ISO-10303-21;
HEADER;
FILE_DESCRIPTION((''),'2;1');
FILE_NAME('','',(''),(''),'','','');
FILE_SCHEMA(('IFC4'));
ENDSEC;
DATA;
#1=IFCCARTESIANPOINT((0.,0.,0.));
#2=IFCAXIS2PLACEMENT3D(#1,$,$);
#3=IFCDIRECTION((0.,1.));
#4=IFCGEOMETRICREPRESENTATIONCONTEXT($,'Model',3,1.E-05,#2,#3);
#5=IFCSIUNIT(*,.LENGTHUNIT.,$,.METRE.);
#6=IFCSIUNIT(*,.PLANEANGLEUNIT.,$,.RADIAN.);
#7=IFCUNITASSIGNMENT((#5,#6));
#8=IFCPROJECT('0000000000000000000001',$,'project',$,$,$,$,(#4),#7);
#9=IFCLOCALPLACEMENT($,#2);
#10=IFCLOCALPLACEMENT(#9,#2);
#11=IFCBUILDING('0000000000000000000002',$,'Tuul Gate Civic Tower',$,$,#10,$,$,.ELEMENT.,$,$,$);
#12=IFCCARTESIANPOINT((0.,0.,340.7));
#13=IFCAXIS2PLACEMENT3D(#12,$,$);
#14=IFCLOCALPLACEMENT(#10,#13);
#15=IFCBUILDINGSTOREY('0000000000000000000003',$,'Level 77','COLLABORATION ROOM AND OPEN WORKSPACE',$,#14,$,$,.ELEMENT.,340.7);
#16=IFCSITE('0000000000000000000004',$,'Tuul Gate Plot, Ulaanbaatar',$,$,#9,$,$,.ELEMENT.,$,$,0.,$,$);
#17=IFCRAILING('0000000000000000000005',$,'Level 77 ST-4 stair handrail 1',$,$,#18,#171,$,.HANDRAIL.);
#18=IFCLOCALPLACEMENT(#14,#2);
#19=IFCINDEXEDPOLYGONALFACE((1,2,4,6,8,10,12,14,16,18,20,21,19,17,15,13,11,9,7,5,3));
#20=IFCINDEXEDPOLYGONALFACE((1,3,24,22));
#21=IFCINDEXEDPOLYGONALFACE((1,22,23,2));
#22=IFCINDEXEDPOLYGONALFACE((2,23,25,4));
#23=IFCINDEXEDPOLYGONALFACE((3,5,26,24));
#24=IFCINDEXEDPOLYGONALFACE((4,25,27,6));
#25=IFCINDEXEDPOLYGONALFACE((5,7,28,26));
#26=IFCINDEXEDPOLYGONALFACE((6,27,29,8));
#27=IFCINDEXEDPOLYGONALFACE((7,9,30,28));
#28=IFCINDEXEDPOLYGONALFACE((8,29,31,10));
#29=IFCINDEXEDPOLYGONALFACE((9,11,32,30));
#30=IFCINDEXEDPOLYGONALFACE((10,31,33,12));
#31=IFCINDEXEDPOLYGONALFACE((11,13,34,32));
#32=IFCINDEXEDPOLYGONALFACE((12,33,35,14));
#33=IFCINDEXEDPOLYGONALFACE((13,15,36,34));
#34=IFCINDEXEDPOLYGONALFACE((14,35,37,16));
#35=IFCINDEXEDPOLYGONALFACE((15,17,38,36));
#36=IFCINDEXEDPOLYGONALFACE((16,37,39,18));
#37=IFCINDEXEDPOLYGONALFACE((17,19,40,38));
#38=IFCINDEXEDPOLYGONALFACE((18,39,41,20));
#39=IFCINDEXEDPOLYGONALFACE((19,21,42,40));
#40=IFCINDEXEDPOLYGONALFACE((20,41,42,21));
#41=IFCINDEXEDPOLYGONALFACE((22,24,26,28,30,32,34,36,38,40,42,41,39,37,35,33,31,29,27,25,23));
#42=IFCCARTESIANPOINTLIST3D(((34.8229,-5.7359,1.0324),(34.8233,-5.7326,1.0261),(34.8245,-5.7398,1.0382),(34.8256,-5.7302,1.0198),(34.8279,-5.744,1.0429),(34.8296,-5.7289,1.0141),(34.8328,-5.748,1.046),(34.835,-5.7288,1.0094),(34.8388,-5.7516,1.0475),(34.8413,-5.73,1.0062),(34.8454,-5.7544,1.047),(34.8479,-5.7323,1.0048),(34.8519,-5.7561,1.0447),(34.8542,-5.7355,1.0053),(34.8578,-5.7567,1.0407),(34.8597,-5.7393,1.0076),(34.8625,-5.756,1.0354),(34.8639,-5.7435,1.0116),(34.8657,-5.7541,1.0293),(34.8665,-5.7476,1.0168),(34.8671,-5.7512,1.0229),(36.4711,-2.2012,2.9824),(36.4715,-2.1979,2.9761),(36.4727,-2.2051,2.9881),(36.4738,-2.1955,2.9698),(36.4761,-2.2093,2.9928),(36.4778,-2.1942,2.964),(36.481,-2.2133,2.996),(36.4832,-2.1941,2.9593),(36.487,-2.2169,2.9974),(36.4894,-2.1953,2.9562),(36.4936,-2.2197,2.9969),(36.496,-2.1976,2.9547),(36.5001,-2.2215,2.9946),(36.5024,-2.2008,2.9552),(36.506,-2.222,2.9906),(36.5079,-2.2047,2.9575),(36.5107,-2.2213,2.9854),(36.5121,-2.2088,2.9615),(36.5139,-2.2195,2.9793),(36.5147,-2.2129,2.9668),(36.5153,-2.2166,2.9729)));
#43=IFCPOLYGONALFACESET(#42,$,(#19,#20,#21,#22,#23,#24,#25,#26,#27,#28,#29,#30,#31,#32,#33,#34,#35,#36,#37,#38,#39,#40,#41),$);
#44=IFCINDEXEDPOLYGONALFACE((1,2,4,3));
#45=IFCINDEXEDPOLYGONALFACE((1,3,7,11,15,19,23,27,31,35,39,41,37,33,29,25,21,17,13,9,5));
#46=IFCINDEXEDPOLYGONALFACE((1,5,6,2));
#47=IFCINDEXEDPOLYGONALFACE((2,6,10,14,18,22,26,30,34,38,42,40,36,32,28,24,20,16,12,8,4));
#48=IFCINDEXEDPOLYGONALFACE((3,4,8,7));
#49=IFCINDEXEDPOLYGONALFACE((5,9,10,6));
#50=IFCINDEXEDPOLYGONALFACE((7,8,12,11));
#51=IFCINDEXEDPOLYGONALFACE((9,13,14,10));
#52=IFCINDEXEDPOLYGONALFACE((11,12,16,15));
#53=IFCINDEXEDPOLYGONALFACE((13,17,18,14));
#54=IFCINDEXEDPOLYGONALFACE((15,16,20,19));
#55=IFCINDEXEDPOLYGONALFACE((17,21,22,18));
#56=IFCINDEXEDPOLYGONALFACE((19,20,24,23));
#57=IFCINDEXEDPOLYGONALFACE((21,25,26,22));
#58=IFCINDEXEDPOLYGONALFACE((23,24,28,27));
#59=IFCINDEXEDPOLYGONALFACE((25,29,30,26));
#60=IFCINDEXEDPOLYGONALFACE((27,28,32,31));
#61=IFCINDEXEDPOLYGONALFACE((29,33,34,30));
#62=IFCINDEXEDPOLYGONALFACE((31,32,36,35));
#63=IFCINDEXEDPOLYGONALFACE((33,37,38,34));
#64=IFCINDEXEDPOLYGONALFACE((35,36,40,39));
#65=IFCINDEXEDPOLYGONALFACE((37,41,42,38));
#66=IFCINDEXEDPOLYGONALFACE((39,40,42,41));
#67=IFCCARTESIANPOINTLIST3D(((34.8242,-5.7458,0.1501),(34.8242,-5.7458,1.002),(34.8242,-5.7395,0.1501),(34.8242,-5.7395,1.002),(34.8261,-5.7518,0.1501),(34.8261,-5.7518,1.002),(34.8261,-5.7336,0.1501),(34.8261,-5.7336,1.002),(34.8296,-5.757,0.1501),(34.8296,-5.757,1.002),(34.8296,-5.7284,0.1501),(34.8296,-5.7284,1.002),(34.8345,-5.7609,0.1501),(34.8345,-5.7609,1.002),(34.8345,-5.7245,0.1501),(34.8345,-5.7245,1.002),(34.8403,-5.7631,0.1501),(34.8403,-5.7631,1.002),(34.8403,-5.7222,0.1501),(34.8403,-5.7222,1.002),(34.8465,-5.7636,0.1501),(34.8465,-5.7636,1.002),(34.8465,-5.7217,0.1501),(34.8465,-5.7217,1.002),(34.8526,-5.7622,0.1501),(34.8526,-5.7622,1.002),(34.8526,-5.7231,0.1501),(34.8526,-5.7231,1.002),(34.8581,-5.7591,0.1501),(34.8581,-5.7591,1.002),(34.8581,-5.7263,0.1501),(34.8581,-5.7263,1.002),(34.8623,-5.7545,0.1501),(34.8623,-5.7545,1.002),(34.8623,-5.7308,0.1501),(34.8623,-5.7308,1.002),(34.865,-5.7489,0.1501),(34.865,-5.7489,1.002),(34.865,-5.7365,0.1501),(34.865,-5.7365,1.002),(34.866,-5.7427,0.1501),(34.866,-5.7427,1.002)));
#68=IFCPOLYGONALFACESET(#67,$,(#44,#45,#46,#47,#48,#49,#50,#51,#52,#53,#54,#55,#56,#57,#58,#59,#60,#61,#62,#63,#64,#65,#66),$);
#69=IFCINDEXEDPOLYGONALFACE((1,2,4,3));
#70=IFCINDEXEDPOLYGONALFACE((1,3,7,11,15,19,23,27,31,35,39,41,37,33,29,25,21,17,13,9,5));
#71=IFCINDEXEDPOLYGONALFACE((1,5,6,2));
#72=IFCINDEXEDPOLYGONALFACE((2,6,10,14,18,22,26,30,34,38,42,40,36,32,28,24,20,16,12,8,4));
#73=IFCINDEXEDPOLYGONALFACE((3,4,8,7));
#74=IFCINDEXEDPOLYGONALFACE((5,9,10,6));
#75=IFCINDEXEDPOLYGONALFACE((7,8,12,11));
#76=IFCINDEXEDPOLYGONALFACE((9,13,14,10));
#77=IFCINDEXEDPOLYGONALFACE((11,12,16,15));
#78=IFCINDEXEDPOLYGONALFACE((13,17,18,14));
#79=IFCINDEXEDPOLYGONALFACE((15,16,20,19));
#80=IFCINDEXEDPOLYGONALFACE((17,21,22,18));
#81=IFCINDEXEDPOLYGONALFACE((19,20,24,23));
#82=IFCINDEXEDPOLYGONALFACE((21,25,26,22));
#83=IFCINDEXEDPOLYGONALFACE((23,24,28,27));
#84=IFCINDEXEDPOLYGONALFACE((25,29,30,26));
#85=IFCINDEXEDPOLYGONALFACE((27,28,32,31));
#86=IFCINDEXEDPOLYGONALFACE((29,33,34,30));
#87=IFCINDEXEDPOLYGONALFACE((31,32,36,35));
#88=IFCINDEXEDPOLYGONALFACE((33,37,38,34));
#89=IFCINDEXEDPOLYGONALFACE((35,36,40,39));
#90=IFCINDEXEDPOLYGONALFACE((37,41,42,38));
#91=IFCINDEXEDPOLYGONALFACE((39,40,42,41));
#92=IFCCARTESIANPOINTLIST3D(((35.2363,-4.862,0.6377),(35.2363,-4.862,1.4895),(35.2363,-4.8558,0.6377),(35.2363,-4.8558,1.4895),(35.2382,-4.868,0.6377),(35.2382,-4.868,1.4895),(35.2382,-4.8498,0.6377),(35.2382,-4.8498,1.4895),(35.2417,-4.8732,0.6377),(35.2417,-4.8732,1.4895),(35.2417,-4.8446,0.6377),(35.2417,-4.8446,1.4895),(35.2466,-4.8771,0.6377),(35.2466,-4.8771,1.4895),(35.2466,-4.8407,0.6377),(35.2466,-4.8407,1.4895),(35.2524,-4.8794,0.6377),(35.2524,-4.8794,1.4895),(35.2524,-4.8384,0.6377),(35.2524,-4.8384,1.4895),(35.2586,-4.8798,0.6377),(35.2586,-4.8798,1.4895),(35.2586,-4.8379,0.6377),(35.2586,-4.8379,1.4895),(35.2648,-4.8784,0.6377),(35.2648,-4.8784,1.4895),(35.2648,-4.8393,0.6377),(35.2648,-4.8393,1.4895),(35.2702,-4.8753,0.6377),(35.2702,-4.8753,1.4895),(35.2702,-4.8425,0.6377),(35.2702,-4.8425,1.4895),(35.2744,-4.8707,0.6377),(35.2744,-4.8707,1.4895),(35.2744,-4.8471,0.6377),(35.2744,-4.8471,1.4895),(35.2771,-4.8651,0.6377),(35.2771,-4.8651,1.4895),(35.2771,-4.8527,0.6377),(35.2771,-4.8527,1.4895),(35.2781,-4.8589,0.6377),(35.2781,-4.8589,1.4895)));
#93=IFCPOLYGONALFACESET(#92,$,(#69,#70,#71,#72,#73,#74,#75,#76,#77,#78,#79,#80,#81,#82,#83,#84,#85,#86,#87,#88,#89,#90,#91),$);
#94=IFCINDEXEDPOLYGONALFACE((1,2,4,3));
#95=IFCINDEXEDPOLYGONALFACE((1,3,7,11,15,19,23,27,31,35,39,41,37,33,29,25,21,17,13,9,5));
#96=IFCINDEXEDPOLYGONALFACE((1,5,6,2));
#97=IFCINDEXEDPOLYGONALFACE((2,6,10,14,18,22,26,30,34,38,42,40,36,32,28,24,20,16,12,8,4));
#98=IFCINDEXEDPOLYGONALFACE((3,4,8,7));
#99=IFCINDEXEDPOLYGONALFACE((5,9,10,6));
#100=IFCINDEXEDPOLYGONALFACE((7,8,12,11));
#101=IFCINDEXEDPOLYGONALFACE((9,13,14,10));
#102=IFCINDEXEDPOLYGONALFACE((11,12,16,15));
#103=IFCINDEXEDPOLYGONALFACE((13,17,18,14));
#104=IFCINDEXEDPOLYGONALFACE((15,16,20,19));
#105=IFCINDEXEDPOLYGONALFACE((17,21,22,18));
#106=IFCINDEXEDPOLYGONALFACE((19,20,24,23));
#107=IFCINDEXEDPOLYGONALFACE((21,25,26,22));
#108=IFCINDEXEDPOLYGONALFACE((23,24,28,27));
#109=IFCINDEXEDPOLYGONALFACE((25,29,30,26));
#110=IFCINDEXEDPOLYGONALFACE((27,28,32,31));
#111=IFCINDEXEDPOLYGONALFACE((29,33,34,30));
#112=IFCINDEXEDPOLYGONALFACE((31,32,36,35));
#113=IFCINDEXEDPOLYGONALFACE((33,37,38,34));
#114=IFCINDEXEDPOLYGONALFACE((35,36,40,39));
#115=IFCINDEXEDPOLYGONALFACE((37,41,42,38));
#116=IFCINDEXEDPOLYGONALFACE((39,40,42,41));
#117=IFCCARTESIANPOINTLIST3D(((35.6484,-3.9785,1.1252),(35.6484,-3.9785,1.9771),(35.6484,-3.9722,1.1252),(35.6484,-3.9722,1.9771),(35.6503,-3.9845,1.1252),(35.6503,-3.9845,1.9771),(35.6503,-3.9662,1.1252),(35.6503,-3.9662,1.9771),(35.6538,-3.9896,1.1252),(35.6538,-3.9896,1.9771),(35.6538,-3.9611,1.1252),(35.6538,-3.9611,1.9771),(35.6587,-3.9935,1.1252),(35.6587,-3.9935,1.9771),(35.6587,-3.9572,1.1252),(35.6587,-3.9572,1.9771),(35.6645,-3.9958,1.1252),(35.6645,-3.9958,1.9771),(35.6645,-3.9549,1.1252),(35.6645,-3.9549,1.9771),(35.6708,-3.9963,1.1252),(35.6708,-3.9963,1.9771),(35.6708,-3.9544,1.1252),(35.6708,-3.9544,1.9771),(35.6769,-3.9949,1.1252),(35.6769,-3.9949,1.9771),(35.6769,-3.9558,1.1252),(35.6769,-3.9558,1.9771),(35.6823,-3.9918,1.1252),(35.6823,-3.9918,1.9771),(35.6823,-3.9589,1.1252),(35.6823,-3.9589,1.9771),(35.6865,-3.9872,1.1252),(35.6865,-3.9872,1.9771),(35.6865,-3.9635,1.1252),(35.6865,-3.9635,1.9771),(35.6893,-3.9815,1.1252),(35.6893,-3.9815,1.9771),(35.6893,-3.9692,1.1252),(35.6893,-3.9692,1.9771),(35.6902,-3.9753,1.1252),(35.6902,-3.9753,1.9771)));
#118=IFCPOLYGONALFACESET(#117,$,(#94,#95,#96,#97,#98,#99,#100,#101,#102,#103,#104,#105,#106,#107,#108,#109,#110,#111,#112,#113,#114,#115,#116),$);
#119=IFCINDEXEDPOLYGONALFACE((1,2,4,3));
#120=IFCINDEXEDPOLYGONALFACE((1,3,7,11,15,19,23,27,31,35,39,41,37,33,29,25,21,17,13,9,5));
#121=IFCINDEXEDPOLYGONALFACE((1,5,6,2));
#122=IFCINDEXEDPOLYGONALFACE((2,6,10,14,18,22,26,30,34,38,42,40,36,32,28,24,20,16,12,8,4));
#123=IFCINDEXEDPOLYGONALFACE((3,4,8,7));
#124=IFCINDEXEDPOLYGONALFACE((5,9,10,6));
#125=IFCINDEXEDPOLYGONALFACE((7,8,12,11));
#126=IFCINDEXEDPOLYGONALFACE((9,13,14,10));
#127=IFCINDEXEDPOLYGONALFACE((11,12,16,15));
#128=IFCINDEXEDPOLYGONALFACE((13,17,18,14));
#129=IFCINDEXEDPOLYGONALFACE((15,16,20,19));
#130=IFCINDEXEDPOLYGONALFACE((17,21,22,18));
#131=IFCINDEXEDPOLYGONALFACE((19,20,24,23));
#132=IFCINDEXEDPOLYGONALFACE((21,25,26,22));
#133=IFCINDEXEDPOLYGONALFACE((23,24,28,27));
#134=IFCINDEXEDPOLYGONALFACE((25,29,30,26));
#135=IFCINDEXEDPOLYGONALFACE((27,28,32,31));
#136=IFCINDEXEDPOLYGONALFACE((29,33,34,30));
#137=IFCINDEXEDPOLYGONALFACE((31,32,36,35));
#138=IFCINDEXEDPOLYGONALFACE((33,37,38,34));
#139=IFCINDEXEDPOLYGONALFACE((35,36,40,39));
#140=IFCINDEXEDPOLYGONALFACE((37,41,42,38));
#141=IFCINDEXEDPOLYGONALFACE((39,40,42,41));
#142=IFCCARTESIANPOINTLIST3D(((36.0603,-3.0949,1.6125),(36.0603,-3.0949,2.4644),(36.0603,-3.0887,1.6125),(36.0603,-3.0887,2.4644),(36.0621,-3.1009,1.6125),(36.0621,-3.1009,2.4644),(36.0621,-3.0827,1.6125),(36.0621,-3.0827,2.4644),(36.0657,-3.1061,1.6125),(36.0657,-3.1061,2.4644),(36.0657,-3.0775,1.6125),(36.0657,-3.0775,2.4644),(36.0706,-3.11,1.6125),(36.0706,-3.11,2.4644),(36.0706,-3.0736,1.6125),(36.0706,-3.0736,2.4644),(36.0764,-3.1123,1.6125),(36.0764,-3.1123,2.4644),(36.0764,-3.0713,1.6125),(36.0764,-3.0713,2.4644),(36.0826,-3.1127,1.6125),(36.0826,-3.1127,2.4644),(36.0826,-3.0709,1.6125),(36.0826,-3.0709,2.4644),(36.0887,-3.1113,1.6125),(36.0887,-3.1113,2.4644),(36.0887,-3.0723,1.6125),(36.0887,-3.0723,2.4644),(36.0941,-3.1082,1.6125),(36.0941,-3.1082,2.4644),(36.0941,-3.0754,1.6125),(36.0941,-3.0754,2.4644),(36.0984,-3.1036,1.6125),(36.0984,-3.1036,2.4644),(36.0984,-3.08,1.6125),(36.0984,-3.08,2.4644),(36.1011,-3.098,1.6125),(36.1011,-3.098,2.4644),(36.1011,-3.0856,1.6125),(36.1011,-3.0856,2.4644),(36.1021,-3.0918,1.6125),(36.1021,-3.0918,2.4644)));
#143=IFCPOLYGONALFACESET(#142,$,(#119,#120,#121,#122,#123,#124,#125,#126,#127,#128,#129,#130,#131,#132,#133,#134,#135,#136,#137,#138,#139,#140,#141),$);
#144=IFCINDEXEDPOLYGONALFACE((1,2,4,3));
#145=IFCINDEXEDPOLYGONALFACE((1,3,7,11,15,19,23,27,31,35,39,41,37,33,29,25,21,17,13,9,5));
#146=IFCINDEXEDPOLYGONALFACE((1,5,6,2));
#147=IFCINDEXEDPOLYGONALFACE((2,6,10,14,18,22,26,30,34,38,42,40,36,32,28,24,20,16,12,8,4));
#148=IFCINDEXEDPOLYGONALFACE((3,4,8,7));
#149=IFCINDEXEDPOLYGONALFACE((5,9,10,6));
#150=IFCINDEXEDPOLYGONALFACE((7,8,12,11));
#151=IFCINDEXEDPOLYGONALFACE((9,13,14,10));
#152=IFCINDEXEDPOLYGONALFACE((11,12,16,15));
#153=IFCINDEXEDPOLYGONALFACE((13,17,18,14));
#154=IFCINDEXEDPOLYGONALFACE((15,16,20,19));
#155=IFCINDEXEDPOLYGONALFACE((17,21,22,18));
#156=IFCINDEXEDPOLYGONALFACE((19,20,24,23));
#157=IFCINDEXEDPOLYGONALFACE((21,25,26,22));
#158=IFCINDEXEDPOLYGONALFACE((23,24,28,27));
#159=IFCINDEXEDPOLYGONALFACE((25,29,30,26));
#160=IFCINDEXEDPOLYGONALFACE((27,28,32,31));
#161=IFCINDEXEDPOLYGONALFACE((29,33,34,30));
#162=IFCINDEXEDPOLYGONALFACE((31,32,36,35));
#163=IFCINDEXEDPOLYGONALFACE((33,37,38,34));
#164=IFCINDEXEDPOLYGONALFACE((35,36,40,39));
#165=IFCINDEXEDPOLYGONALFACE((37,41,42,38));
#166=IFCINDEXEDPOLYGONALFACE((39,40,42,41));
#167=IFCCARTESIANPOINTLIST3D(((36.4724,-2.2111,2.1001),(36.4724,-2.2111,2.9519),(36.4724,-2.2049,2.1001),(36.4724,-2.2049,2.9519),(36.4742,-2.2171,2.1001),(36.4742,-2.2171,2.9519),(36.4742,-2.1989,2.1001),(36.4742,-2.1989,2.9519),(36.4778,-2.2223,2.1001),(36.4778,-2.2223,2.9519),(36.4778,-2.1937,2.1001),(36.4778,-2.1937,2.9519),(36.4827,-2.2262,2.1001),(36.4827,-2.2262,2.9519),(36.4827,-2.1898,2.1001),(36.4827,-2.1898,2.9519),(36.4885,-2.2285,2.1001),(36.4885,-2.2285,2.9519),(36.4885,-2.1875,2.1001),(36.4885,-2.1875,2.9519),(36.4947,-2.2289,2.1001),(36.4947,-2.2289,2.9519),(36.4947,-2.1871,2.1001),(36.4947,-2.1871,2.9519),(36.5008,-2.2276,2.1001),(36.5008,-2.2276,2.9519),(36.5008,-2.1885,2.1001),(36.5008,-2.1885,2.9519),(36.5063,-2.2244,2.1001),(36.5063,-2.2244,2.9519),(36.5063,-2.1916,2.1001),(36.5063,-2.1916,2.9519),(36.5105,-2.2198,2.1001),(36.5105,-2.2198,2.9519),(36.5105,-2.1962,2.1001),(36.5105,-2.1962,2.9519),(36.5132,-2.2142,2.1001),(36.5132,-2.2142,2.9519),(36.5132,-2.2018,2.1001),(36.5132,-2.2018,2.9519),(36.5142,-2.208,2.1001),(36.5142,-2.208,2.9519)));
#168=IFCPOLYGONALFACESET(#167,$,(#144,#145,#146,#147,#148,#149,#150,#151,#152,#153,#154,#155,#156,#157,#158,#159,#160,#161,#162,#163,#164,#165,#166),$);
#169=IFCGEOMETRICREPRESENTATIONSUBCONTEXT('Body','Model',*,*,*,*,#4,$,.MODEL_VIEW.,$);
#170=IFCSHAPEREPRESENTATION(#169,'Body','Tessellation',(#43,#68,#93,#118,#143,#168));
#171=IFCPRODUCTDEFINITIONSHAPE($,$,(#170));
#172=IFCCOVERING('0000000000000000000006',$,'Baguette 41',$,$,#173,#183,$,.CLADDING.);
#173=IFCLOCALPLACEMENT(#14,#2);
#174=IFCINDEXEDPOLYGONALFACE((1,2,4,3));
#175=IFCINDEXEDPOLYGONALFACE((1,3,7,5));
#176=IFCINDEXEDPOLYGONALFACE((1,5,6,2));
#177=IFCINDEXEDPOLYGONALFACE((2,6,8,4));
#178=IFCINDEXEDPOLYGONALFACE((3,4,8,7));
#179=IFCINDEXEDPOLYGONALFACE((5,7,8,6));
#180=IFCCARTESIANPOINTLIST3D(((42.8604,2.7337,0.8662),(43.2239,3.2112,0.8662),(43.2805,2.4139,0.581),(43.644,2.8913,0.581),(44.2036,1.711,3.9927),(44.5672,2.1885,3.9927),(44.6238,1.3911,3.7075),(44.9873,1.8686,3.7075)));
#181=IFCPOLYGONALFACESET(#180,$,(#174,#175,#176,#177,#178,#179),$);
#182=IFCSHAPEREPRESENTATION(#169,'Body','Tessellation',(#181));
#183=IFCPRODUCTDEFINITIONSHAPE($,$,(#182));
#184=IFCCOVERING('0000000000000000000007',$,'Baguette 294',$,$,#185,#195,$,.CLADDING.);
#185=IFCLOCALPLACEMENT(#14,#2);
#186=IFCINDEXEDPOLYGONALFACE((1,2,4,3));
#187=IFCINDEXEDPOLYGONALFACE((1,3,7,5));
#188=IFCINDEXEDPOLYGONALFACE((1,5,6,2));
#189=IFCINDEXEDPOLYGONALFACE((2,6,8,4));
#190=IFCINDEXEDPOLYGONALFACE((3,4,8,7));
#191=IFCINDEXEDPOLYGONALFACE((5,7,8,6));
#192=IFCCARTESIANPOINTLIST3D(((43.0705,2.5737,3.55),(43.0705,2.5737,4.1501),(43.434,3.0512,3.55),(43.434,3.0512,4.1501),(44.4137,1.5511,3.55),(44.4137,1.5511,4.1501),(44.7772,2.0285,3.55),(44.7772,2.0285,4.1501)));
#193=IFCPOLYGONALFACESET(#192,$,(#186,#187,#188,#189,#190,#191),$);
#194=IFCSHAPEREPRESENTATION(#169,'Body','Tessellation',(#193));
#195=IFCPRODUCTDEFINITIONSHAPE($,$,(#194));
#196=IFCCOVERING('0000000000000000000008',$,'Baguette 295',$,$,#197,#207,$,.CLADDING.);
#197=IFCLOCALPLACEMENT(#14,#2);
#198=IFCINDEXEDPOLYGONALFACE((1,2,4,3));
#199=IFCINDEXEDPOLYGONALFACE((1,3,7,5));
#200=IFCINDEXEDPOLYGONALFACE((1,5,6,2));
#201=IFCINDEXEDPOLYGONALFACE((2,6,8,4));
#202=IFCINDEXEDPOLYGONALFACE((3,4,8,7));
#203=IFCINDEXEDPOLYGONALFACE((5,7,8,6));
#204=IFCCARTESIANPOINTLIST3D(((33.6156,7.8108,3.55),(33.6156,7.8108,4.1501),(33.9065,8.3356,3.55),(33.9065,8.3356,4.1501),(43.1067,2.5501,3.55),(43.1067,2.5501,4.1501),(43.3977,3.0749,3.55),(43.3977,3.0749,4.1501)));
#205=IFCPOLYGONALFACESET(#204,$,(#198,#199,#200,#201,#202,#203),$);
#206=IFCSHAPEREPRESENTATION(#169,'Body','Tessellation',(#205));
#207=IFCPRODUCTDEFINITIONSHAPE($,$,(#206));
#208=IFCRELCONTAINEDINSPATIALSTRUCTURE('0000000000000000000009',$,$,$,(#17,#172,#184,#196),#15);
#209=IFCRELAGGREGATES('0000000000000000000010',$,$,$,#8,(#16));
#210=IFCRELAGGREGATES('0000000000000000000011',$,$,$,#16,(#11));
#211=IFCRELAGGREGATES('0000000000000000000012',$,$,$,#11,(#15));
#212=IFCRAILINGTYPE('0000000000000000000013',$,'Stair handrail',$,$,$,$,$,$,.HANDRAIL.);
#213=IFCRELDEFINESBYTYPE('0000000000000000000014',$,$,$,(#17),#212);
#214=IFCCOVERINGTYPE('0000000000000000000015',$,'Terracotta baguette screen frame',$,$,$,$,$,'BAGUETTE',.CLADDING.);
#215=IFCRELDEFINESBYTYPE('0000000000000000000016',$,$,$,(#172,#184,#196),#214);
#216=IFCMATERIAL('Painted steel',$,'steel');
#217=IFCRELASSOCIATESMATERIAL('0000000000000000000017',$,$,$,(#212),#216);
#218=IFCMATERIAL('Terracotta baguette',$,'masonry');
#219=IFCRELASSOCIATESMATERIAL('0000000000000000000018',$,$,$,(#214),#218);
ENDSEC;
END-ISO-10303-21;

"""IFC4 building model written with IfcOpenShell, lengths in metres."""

from ifc_helpers import new_model, si_unit, direction, frame, origin, origin_2d, place, context, subcontext, project, spatial, rectangle, circle, extrude, material, material_profile, profile_set, type_object, element, save


model = new_model("IFC4")

# Units and contexts
model_context = context("Model", 3, precision=1e-05, world=origin(), true_north=direction((0.0, 1.0)))
body_context = subcontext(model_context, "Body", "Model", "MODEL_VIEW")
ifc_project = project(units=[si_unit("LENGTHUNIT", "METRE"), si_unit("PLANEANGLEUNIT", "RADIAN")], contexts=[model_context])

# Site, building, storey
site_placement = place(None, origin())
site = spatial("IfcSite", under=ifc_project, at=site_placement, Name="Tuul Gate Plot, Ulaanbaatar", CompositionType="ELEMENT", RefElevation=0.0)
building_placement = place(site_placement, origin())
building = spatial("IfcBuilding", under=site, at=building_placement, Name="Tuul Gate Civic Tower", CompositionType="ELEMENT")
storey_placement = place(building_placement, frame((0.0, 0.0, 340.7)))
storey = spatial("IfcBuildingStorey", under=building, at=storey_placement, Name="Level 77", Description="COLLABORATION ROOM AND OPEN WORKSPACE", CompositionType="ELEMENT", Elevation=340.7)

# Railing
ifc_material_1 = material(Name="Painted steel", Category="steel")
railing_type = type_object("IfcRailingType", Name="Stair handrail", PredefinedType="HANDRAIL", material=ifc_material_1)
railing_placement = place(storey_placement, frame((34.845, -5.7427, 0.1501)))
element("IfcRailing", 1, at=railing_placement, inside=storey, type_object=railing_type, Name="Level 77 ST-4 stair handrail 1", PredefinedType="HANDRAIL", context=body_context, shape_type="SweptSolid", body=[
    extrude(circle(Radius=0.0239, at=origin_2d()), frame((0.0, 0.0, 0.876), z_axis=(0.377995, 0.810637, 0.4472), x_axis=(-0.906313, 0.422608, 0.0)), (0.0, 0.0, 1.0), 4.3604),
    extrude(circle(Radius=0.021, at=origin_2d()), origin(), (0.0, 0.0, 1.0), 0.8518),
    extrude(circle(Radius=0.021, at=origin_2d()), frame((0.4121, 0.8838, 0.4875)), (0.0, 0.0, 1.0), 0.8518),
    extrude(circle(Radius=0.021, at=origin_2d()), frame((0.8242, 1.7673, 0.9751)), (0.0, 0.0, 1.0), 0.8518),
    extrude(circle(Radius=0.021, at=origin_2d()), frame((1.2361, 2.6509, 1.4624)), (0.0, 0.0, 1.0), 0.8518),
    extrude(circle(Radius=0.021, at=origin_2d()), frame((1.6482, 3.5347, 1.95)), (0.0, 0.0, 1.0), 0.8518),
])

# Coverings
ifc_material_2 = material(Name="Terracotta baguette", Category="masonry")
ifc_material_profile_1 = material_profile(ifc_material_2, rectangle(XDim=0.6001, YDim=0.6001, at=origin_2d()), Name="Terracotta baguette screen frame")
ifc_profile_set_1 = profile_set([ifc_material_profile_1], Name="Terracotta baguette")
covering_type = type_object("IfcCoveringType", Name="Terracotta baguette screen frame", ElementType="BAGUETTE", PredefinedType="CLADDING", material=ifc_profile_set_1)
covering_1_placement = place(storey_placement, frame((44.5955, 1.7898, 3.8501), z_axis=(-0.378045, 0.287828, -0.879907), x_axis=(-0.605769, -0.795641, 0.0)))
element("IfcCovering", 2, at=covering_1_placement, inside=storey, type_object=covering_type, Name="Baguette 41", PredefinedType="CLADDING", context=body_context, shape_type="SweptSolid", body=[
    extrude(rectangle(XDim=0.6001, YDim=0.6001, at=origin_2d()), origin(), (0.0, 0.0, 1.0), 3.5532),
])
covering_2_placement = place(storey_placement, frame((44.5955, 1.7898, 3.8501), z_axis=(-0.795641, 0.605769, 0.0), x_axis=(-0.605769, -0.795641, 0.0)))
element("IfcCovering", 3, at=covering_2_placement, inside=storey, type_object=covering_type, Name="Baguette 294", PredefinedType="CLADDING", context=body_context, shape_type="SweptSolid", body=[
    extrude(rectangle(XDim=0.6001, YDim=0.6001, at=origin_2d()), origin(), (0.0, 0.0, 1.0), 1.6882),
])
covering_3_placement = place(storey_placement, frame((43.2522, 2.8125, 3.8501), z_axis=(-0.874632, 0.484787, 0.0), x_axis=(-0.484787, -0.874632, 0.0)))
element("IfcCovering", 4, at=covering_3_placement, inside=storey, type_object=covering_type, Name="Baguette 295", PredefinedType="CLADDING", context=body_context, shape_type="SweptSolid", body=[
    extrude(rectangle(XDim=0.6001, YDim=0.6001, at=origin_2d()), origin(), (0.0, 0.0, 1.0), 10.8516),
])

save(model, "model.ifc")
